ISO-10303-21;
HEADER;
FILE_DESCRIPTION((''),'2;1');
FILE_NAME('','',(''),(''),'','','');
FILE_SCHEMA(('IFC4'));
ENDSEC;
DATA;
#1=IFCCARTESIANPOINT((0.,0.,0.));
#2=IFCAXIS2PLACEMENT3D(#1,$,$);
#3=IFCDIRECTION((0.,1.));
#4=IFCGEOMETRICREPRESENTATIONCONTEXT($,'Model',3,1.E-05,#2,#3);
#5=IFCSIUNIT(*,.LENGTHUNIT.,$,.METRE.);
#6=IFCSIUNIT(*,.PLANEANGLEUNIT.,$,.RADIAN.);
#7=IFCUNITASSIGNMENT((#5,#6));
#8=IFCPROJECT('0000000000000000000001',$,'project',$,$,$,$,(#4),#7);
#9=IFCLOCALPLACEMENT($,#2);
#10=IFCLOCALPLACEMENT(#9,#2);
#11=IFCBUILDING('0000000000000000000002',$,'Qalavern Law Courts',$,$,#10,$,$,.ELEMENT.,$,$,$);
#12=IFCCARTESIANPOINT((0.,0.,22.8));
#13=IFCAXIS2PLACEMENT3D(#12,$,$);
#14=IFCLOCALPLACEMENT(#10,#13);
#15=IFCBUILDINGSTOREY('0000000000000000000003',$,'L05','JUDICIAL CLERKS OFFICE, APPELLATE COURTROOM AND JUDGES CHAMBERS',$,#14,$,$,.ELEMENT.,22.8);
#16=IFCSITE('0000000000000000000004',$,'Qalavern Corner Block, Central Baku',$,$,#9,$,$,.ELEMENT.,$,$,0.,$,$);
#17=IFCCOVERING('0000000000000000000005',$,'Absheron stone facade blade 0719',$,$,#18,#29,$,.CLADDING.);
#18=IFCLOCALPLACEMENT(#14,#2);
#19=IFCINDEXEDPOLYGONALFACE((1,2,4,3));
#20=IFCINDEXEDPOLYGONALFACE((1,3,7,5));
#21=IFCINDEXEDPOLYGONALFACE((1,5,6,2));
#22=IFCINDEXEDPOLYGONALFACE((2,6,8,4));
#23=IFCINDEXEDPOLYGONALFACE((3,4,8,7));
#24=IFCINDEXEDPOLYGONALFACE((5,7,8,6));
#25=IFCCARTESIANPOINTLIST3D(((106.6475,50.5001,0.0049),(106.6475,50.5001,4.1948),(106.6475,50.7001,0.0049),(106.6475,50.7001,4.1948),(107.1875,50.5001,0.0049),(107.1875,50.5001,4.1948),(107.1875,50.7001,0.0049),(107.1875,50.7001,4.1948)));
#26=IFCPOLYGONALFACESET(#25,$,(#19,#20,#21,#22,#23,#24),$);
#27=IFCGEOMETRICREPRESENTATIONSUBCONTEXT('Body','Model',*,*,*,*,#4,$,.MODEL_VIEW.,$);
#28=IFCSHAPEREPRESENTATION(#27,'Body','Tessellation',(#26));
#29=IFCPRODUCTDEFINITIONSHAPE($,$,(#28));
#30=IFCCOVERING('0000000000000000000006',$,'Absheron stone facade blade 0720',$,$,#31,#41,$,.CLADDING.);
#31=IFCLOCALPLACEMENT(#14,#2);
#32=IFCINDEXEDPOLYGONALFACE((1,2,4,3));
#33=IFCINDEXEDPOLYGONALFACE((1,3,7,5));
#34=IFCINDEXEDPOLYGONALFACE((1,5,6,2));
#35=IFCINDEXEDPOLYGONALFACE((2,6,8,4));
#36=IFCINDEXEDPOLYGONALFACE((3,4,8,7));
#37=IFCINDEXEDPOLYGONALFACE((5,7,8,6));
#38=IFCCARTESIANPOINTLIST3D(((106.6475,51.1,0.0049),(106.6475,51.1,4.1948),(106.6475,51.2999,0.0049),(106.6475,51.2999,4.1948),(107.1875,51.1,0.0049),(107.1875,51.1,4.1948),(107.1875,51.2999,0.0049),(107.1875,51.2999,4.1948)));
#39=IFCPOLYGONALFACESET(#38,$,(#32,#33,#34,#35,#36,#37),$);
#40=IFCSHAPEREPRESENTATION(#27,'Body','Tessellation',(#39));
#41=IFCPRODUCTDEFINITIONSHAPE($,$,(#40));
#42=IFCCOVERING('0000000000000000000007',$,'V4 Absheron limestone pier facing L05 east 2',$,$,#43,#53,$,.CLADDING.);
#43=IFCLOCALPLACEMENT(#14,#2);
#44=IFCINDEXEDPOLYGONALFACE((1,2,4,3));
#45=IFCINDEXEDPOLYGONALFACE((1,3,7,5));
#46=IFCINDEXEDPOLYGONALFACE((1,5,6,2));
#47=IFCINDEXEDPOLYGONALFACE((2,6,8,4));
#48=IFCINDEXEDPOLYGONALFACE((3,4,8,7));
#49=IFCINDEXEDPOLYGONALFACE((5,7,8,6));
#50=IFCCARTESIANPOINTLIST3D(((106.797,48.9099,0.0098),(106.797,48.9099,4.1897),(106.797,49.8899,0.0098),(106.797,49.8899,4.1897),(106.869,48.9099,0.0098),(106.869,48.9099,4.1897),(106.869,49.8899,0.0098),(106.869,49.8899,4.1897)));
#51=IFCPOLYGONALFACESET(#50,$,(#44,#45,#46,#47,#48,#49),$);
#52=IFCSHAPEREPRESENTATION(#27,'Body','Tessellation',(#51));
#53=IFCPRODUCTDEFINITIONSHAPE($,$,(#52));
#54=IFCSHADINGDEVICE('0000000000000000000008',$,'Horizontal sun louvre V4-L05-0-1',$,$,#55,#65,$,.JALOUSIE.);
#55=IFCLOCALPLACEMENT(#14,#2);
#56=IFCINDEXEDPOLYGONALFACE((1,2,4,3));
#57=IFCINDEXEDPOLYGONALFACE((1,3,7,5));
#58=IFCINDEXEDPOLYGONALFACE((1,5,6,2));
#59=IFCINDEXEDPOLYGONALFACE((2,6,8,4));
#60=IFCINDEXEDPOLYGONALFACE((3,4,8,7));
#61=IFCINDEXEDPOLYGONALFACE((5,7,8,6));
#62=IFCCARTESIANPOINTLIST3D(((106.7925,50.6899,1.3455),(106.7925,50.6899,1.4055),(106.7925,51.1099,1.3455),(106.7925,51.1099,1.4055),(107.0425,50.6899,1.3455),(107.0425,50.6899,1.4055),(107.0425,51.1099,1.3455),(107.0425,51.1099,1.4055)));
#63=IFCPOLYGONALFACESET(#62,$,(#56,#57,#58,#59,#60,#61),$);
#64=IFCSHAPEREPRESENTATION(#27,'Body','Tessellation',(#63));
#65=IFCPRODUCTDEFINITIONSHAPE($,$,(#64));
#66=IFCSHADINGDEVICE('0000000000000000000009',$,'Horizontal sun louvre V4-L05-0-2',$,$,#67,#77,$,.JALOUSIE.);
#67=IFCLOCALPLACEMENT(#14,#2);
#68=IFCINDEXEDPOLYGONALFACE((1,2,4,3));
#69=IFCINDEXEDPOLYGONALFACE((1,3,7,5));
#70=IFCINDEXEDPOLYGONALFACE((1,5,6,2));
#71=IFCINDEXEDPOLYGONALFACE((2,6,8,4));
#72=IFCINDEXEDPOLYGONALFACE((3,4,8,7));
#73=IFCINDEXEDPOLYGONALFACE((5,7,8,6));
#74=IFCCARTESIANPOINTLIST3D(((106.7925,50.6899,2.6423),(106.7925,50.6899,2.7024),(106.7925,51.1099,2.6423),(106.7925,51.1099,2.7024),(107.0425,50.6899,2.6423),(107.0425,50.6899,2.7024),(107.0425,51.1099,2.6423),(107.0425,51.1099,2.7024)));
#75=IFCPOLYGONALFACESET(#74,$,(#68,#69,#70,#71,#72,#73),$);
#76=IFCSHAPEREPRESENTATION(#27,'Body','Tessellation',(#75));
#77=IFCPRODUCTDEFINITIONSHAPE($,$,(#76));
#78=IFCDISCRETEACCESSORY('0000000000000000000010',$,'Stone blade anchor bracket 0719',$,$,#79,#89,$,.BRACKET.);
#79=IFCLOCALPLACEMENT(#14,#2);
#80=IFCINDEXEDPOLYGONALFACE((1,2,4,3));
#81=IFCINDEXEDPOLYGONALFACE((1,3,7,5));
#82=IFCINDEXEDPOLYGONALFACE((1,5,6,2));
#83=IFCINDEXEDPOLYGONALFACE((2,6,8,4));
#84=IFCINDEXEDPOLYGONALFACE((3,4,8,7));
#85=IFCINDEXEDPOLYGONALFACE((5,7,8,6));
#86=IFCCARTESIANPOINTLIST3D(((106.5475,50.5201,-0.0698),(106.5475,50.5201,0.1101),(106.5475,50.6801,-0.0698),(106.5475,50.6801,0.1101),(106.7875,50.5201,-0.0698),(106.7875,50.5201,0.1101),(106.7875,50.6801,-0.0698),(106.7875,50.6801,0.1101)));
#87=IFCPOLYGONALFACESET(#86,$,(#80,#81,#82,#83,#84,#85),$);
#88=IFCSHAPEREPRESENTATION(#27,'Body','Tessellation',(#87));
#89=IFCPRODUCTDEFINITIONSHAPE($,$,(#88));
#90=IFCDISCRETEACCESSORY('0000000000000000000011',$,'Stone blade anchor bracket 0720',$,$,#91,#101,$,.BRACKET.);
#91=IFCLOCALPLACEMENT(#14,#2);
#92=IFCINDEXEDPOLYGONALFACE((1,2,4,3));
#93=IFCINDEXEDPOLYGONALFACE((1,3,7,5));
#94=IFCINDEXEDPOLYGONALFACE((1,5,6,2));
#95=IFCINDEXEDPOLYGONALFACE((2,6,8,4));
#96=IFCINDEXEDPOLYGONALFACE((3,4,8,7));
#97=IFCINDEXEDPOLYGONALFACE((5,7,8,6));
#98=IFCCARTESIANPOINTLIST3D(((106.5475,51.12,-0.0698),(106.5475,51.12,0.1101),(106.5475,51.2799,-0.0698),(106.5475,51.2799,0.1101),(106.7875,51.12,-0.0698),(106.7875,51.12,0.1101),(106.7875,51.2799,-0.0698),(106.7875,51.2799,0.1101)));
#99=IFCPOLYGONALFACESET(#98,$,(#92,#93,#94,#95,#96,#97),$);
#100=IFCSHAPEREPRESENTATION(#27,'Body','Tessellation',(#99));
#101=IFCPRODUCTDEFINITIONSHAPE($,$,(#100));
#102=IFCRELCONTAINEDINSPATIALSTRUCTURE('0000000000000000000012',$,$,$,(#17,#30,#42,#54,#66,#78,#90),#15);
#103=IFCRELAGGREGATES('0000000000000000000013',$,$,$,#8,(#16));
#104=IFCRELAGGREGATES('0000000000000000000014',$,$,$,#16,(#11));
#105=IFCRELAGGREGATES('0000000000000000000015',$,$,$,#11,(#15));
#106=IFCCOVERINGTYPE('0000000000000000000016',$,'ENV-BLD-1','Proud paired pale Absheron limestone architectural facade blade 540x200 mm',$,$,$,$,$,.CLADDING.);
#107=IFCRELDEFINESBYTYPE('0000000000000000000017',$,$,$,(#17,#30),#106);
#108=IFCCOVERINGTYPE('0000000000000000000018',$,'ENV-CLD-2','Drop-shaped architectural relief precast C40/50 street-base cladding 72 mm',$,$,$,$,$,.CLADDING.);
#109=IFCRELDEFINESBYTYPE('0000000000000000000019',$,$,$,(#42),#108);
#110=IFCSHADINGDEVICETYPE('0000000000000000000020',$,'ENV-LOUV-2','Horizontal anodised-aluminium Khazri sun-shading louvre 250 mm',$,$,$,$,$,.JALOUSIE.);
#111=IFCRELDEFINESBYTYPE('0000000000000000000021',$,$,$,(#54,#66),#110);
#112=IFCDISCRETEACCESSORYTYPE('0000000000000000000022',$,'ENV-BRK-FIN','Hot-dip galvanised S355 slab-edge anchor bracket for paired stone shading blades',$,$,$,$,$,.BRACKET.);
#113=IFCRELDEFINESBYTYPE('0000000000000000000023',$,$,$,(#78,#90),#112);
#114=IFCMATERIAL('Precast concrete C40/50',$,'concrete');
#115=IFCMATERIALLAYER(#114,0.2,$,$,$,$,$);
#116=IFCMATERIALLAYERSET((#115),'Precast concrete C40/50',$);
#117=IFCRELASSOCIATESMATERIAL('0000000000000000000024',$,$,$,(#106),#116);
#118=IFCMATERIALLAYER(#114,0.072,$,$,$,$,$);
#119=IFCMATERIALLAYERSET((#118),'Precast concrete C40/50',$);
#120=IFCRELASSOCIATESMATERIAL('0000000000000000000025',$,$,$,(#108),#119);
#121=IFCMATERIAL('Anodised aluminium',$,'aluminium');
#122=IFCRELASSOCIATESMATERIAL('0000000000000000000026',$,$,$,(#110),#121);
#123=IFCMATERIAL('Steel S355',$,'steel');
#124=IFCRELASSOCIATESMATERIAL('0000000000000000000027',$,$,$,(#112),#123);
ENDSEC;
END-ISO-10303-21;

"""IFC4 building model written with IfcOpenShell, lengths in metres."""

from ifc_helpers import new_model, si_unit, direction, frame, origin, origin_2d, place, context, subcontext, project, spatial, rectangle, extrude, material, layer, layer_set, type_object, element, save


model = new_model("IFC4")

# Units and contexts
model_context = context("Model", 3, precision=1e-05, world=origin(), true_north=direction((0.0, 1.0)))
body_context = subcontext(model_context, "Body", "Model", "MODEL_VIEW")
ifc_project = project(units=[si_unit("LENGTHUNIT", "METRE"), si_unit("PLANEANGLEUNIT", "RADIAN")], contexts=[model_context])

# Site, building, storey
site_placement = place(None, origin())
site = spatial("IfcSite", under=ifc_project, at=site_placement, Name="Qalavern Corner Block, Central Baku", CompositionType="ELEMENT", RefElevation=0.0)
building_placement = place(site_placement, origin())
building = spatial("IfcBuilding", under=site, at=building_placement, Name="Qalavern Law Courts", CompositionType="ELEMENT")
storey_placement = place(building_placement, frame((0.0, 0.0, 22.8)))
storey = spatial("IfcBuildingStorey", under=building, at=storey_placement, Name="L05", Description="JUDICIAL CLERKS OFFICE, APPELLATE COURTROOM AND JUDGES CHAMBERS", CompositionType="ELEMENT", Elevation=22.8)

# Shared definitions
ifc_material_1 = material(Name="Anodised aluminium", Category="aluminium")

# Shared definitions
ifc_material_2 = material(Name="Steel S355", Category="steel")

# Coverings
ifc_material_3 = material(Name="Precast concrete C40/50", Category="concrete")
ifc_layer_1 = layer(ifc_material_3, 0.2)
ifc_layer_set_1 = layer_set([ifc_layer_1], Name="Precast concrete C40/50")
covering_type_1 = type_object("IfcCoveringType", Name="ENV-BLD-1", Description="Proud paired pale Absheron limestone architectural facade blade 540x200 mm", PredefinedType="CLADDING", material=ifc_layer_set_1)
for number, where, z_axis, x_axis, name in (
    (1, (106.9175, 50.6001, 0.0049), (0.0, 0.0, 1.0), (1.0, 0.0, 0.0), "Absheron stone facade blade 0719"),
    (2, (106.9175, 51.2, 0.0049), (0.0, 0.0, 1.0), (1.0, 0.0, 0.0), "Absheron stone facade blade 0720"),
):
    element("IfcCovering", number, at=place(storey_placement, frame(where, z_axis=z_axis, x_axis=x_axis)), inside=storey, type_object=covering_type_1, Name=name, PredefinedType="CLADDING", context=body_context, shape_type="SweptSolid", body=[
        extrude(rectangle(XDim=0.54, YDim=0.2, at=origin_2d()), origin(), (0.0, 0.0, 1.0), 4.1899),
    ])
ifc_layer_2 = layer(ifc_material_3, 0.072)
ifc_layer_set_2 = layer_set([ifc_layer_2], Name="Precast concrete C40/50")
covering_type_2 = type_object("IfcCoveringType", Name="ENV-CLD-2", Description="Drop-shaped architectural relief precast C40/50 street-base cladding 72 mm", PredefinedType="CLADDING", material=ifc_layer_set_2)
covering_placement = place(storey_placement, frame((106.833, 49.3999, 0.0098), z_axis=(0.0, 0.0, 1.0), x_axis=(0.0, 1.0, 0.0)))
element("IfcCovering", 3, at=covering_placement, inside=storey, type_object=covering_type_2, Name="V4 Absheron limestone pier facing L05 east 2", PredefinedType="CLADDING", context=body_context, shape_type="SweptSolid", body=[
    extrude(rectangle(XDim=0.98, YDim=0.072, at=origin_2d()), origin(), (0.0, 0.0, 1.0), 4.1799),
])

# Shading devices
shading_device_type = type_object("IfcShadingDeviceType", Name="ENV-LOUV-2", Description="Horizontal anodised-aluminium Khazri sun-shading louvre 250 mm", PredefinedType="JALOUSIE", material=ifc_material_1)
for number, where, z_axis, x_axis, name in (
    (4, (106.9175, 50.8999, 1.3455), (0.0, 0.0, 1.0), (0.0, 1.0, 0.0), "Horizontal sun louvre V4-L05-0-1"),
    (5, (106.9175, 50.8999, 2.6423), (0.0, 0.0, 1.0), (0.0, 1.0, 0.0), "Horizontal sun louvre V4-L05-0-2"),
):
    element("IfcShadingDevice", number, at=place(storey_placement, frame(where, z_axis=z_axis, x_axis=x_axis)), inside=storey, type_object=shading_device_type, Name=name, PredefinedType="JALOUSIE", context=body_context, shape_type="SweptSolid", body=[
        extrude(rectangle(XDim=0.4199, YDim=0.25, at=origin_2d()), origin(), (0.0, 0.0, 1.0), 0.0601),
    ])

# Discrete accessories
discrete_accessory_type = type_object("IfcDiscreteAccessoryType", Name="ENV-BRK-FIN", Description="Hot-dip galvanised S355 slab-edge anchor bracket for paired stone shading blades", PredefinedType="BRACKET", material=ifc_material_2)
for number, where, z_axis, x_axis, name in (
    (6, (106.6675, 50.6001, -0.0698), (0.0, 0.0, 1.0), (1.0, 0.0, 0.0), "Stone blade anchor bracket 0719"),
    (7, (106.6675, 51.2, -0.0698), (0.0, 0.0, 1.0), (1.0, 0.0, 0.0), "Stone blade anchor bracket 0720"),
):
    element("IfcDiscreteAccessory", number, at=place(storey_placement, frame(where, z_axis=z_axis, x_axis=x_axis)), inside=storey, type_object=discrete_accessory_type, Name=name, PredefinedType="BRACKET", context=body_context, shape_type="SweptSolid", body=[
        extrude(rectangle(XDim=0.24, YDim=0.1599, at=origin_2d()), origin(), (0.0, 0.0, 1.0), 0.1799),
    ])

save(model, "model.ifc")
